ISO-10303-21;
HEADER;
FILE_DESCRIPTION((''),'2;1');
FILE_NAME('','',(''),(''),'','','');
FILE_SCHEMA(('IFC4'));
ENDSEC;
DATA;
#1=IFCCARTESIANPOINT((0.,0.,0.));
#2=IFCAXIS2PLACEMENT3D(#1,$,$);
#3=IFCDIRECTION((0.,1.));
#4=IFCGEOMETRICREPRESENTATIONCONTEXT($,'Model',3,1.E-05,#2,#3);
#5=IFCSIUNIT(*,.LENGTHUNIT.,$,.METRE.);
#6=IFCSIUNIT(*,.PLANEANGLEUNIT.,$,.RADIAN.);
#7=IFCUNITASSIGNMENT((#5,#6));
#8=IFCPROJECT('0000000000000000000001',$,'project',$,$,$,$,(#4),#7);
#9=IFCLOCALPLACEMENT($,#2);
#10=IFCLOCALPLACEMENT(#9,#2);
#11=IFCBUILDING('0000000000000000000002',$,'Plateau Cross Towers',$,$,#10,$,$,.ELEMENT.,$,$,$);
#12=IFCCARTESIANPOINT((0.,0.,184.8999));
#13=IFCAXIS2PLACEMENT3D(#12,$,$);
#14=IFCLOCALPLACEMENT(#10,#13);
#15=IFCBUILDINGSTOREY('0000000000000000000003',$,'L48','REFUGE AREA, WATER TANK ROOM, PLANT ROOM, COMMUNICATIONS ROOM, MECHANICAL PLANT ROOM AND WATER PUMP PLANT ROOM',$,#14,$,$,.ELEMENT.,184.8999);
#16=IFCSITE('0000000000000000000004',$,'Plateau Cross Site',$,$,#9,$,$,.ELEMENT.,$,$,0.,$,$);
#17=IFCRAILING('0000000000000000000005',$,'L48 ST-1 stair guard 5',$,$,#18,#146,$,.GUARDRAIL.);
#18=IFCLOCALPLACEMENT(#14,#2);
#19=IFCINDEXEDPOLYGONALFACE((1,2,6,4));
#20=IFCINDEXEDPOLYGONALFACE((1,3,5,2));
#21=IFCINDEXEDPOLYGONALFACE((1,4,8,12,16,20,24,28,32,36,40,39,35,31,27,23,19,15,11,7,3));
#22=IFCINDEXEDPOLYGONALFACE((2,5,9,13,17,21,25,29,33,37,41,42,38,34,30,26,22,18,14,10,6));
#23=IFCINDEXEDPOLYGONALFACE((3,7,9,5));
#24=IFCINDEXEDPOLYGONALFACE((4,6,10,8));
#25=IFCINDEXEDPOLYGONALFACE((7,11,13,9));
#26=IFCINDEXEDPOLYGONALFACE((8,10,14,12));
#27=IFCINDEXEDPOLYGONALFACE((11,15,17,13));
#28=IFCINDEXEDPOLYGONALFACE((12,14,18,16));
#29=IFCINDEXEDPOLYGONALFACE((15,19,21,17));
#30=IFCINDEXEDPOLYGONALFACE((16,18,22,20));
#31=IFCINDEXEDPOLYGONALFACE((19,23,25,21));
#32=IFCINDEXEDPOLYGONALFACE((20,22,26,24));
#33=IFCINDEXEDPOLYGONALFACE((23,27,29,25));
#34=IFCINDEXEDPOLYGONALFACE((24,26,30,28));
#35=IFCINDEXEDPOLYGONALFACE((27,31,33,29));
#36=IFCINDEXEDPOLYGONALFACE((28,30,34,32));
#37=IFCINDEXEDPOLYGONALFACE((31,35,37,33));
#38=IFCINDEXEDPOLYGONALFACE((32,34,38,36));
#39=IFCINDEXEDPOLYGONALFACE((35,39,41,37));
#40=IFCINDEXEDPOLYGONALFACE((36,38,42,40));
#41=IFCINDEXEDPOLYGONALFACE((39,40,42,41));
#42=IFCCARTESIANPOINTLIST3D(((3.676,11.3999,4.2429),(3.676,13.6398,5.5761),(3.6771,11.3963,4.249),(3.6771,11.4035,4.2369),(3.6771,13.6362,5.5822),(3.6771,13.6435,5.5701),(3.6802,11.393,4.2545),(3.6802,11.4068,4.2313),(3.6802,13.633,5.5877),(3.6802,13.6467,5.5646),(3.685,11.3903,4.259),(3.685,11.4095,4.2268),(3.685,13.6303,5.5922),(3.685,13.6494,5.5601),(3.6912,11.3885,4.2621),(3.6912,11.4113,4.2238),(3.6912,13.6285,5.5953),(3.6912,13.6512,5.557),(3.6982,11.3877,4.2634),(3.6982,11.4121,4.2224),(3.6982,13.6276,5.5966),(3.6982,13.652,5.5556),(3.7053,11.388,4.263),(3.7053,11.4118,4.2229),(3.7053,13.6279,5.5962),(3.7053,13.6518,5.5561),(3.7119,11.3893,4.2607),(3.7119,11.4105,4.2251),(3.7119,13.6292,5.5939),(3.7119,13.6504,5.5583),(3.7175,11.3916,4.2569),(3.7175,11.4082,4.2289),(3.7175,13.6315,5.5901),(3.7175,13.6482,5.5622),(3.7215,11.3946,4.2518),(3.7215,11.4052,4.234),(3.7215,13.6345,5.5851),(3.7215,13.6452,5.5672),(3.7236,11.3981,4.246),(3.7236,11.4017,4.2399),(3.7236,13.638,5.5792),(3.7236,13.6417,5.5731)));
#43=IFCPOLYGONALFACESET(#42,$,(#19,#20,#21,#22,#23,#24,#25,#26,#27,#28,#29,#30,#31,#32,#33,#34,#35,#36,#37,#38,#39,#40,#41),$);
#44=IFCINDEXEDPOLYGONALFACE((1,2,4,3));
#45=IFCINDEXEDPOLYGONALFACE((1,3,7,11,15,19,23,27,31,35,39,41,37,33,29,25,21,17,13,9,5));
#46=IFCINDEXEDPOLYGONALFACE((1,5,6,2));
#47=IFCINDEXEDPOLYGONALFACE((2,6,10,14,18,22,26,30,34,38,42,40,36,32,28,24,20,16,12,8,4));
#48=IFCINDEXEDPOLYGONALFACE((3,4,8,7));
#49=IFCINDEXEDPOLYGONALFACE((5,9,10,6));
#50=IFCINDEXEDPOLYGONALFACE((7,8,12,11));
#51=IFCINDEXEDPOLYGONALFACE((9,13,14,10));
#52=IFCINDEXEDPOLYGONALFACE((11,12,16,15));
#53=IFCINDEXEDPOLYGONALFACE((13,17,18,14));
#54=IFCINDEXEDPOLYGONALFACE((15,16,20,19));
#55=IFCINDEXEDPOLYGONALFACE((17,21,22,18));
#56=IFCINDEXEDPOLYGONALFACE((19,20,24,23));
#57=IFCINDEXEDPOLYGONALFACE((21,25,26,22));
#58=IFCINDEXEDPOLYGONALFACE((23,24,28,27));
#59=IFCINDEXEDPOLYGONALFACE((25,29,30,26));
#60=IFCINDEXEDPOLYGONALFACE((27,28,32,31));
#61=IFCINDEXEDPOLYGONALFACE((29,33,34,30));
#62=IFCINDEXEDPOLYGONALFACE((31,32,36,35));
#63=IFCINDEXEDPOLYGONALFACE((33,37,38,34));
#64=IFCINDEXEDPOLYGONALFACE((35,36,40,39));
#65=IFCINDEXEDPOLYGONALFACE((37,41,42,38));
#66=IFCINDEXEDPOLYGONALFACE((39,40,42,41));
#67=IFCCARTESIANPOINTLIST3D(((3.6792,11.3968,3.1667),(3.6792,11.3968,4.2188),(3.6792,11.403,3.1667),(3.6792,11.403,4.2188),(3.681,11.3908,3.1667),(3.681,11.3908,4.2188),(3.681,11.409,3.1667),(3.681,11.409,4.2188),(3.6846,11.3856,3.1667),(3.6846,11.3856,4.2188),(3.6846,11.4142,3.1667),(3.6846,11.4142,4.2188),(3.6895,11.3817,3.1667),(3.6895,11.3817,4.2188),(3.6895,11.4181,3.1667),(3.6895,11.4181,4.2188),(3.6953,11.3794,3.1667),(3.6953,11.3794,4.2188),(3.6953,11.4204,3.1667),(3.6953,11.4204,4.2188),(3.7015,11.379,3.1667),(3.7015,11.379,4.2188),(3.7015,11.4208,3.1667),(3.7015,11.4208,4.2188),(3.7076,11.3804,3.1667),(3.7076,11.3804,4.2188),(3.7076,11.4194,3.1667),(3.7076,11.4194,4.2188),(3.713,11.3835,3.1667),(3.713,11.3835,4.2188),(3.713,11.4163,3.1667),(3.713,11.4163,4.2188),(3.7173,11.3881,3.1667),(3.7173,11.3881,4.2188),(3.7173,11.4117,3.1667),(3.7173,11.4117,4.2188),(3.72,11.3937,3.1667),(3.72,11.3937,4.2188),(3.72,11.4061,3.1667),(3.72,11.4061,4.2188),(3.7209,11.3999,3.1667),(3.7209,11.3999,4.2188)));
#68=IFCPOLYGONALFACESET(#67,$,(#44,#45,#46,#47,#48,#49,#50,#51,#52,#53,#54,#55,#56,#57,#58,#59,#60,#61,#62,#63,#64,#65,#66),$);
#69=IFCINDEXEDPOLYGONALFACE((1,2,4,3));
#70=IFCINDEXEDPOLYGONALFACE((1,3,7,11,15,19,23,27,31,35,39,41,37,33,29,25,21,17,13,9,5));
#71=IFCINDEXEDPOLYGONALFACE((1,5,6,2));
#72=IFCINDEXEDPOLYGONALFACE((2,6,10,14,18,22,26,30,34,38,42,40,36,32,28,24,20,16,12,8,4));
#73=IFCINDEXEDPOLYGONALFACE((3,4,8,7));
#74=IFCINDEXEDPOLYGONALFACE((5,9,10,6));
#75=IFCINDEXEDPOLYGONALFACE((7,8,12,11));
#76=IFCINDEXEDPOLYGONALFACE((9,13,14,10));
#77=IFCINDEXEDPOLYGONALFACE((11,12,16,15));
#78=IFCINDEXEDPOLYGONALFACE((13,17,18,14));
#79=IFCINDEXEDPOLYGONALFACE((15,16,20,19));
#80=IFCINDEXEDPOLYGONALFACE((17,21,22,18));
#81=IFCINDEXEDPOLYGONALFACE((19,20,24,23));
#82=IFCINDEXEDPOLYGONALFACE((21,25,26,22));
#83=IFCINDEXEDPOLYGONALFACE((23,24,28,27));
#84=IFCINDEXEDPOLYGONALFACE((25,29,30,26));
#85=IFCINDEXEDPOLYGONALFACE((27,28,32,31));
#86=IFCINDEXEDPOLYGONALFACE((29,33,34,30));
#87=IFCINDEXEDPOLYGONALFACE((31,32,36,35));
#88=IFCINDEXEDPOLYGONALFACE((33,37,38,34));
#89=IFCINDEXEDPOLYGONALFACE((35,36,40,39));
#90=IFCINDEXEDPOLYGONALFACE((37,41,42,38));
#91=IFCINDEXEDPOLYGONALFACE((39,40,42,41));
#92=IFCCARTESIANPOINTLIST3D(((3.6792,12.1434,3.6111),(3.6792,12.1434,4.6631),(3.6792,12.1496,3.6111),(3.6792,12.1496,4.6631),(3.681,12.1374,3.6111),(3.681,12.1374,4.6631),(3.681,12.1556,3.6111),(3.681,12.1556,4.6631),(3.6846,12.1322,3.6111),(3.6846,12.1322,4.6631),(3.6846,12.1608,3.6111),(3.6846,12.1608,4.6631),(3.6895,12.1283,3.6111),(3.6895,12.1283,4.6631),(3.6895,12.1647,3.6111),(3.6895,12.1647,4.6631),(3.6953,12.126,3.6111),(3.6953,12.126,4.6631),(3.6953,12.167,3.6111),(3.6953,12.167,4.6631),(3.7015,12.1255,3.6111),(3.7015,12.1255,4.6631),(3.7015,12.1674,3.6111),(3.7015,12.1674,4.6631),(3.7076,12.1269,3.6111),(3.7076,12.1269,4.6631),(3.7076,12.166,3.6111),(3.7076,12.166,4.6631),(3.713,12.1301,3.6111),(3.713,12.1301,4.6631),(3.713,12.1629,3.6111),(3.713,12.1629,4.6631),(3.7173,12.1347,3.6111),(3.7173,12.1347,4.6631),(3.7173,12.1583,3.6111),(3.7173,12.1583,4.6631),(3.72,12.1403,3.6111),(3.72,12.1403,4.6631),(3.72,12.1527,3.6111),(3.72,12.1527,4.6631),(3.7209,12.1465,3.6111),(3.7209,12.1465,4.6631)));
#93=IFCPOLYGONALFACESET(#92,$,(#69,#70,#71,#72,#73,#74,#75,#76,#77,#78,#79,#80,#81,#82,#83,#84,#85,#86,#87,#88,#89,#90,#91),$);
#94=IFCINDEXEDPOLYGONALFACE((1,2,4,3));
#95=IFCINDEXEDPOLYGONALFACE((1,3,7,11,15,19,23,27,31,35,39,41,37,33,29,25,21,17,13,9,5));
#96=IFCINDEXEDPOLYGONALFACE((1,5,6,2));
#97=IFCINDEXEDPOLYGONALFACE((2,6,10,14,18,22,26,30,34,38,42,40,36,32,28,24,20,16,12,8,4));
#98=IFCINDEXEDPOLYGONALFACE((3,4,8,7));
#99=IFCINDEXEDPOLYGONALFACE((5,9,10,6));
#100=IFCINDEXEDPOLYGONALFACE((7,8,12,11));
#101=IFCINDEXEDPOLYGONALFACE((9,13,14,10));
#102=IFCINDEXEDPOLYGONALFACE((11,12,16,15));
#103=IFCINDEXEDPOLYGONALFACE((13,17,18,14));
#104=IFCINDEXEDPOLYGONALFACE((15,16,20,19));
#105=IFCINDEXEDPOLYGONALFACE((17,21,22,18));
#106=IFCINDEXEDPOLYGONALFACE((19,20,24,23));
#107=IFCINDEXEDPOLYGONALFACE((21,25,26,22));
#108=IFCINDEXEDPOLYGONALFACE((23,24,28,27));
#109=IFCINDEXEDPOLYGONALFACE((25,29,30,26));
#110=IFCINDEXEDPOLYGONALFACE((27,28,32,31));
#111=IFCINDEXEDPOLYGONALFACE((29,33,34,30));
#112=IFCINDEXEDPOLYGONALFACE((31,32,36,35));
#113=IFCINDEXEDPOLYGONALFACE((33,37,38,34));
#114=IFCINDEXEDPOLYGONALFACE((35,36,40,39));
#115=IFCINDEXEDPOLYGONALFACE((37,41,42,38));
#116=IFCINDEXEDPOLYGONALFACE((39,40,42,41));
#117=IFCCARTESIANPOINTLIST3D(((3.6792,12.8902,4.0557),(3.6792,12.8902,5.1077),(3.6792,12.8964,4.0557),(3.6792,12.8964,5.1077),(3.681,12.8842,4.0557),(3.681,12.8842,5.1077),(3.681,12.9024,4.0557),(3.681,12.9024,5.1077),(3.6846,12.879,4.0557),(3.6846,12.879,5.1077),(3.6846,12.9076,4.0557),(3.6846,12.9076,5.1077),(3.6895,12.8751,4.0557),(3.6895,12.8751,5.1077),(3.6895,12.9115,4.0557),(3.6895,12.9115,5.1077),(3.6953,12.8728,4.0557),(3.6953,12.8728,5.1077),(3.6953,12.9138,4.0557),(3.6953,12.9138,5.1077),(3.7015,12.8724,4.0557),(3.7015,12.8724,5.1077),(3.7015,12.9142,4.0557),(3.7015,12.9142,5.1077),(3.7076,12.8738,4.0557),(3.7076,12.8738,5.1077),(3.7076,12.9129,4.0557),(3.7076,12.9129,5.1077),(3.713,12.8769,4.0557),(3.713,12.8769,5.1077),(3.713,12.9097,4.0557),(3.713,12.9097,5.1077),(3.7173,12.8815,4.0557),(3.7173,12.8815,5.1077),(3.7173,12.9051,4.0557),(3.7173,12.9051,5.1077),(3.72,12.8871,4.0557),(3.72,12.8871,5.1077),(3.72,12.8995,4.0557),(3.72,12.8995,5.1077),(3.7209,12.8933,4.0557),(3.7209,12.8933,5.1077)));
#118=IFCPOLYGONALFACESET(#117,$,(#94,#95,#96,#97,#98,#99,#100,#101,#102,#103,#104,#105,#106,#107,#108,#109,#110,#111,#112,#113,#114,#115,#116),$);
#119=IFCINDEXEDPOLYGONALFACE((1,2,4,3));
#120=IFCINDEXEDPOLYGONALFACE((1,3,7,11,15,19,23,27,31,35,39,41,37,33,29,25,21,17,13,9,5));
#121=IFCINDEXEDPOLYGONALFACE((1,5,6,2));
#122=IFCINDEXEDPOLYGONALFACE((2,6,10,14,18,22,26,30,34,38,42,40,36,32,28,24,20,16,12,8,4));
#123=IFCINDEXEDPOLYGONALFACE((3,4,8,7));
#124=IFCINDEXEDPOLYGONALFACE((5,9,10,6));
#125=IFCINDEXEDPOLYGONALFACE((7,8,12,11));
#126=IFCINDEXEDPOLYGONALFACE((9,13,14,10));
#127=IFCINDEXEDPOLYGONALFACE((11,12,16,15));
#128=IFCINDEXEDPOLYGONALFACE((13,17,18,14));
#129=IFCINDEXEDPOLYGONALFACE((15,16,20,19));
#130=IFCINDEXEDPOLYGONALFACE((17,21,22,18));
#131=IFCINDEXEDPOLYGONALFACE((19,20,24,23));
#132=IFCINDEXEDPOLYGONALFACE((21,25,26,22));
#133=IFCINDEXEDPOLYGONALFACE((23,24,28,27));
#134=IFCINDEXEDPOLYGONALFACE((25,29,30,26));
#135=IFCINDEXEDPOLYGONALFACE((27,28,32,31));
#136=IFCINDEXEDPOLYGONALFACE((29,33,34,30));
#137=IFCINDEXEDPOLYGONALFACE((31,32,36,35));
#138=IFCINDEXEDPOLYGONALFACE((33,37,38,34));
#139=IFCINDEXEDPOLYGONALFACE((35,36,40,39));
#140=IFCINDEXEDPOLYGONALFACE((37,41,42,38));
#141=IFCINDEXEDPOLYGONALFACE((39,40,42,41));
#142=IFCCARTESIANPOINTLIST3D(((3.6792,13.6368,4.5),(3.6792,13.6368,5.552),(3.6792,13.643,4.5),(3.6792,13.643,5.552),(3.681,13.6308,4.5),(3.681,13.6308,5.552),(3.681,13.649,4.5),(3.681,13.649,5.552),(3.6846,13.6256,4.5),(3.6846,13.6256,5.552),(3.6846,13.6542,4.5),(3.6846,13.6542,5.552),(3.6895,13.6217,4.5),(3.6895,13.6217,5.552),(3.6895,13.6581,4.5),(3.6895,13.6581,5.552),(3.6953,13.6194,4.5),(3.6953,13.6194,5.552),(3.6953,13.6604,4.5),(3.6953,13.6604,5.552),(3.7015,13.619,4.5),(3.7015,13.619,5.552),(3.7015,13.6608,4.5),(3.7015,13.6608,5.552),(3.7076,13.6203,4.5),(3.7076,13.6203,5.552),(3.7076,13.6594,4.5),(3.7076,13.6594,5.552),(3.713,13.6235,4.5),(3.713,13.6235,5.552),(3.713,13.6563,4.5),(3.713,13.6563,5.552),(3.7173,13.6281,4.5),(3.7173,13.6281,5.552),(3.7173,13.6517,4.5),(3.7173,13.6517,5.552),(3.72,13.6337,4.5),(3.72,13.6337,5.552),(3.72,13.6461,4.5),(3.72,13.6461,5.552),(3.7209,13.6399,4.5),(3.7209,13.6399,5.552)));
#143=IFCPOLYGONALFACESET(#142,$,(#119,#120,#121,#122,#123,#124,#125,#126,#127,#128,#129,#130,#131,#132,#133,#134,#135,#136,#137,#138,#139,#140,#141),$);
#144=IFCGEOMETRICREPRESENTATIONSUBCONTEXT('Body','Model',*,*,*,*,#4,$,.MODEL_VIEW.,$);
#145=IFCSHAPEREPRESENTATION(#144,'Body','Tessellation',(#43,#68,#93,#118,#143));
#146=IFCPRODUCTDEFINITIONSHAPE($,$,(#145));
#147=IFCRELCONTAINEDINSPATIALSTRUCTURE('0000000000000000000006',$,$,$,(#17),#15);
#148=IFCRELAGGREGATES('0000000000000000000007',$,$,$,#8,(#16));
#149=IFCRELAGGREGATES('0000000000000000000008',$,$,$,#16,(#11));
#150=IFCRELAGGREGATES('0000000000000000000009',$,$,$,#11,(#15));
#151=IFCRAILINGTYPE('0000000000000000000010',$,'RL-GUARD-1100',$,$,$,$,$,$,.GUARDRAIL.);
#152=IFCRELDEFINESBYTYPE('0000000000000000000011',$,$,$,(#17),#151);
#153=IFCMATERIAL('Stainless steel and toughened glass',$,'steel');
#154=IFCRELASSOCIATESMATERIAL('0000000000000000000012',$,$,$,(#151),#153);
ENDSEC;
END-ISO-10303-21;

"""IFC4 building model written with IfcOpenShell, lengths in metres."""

from ifc_helpers import new_model, si_unit, direction, frame, origin, origin_2d, place, context, subcontext, project, spatial, circle, extrude, material, type_object, element, save


model = new_model("IFC4")

# Units and contexts
model_context = context("Model", 3, precision=1e-05, world=origin(), true_north=direction((0.0, 1.0)))
body_context = subcontext(model_context, "Body", "Model", "MODEL_VIEW")
ifc_project = project(units=[si_unit("LENGTHUNIT", "METRE"), si_unit("PLANEANGLEUNIT", "RADIAN")], contexts=[model_context])

# Site, building, storey
site_placement = place(None, origin())
site = spatial("IfcSite", under=ifc_project, at=site_placement, Name="Plateau Cross Site", CompositionType="ELEMENT", RefElevation=0.0)
building_placement = place(site_placement, origin())
building = spatial("IfcBuilding", under=site, at=building_placement, Name="Plateau Cross Towers", CompositionType="ELEMENT")
storey_placement = place(building_placement, frame((0.0, 0.0, 184.8999)))
storey = spatial("IfcBuildingStorey", under=building, at=storey_placement, Name="L48", Description="REFUGE AREA, WATER TANK ROOM, PLANT ROOM, COMMUNICATIONS ROOM, MECHANICAL PLANT ROOM AND WATER PUMP PLANT ROOM", CompositionType="ELEMENT", Elevation=184.8999)

# Railing
ifc_material_1 = material(Name="Stainless steel and toughened glass", Category="steel")
railing_type = type_object("IfcRailingType", Name="RL-GUARD-1100", PredefinedType="GUARDRAIL", material=ifc_material_1)
railing_1_placement = place(storey_placement, frame((3.7, 11.3999, 3.1667)))
element("IfcRailing", 1, at=railing_1_placement, inside=storey, type_object=railing_type, Name="L48 ST-1 stair guard 5", PredefinedType="GUARDRAIL", context=body_context, shape_type="SweptSolid", body=[
    extrude(circle(Radius=0.0239, at=origin_2d()), frame((0.0, 0.0, 1.0762), z_axis=(0.0, 0.859306, 0.511462), x_axis=(-1.0, 0.0, 0.0)), (0.0, 0.0, 1.0), 2.6067),
    extrude(circle(Radius=0.021, at=origin_2d()), origin(), (0.0, 0.0, 1.0), 1.052),
    extrude(circle(Radius=0.021, at=origin_2d()), frame((0.0, 0.7466, 0.4443)), (0.0, 0.0, 1.0), 1.052),
    extrude(circle(Radius=0.021, at=origin_2d()), frame((0.0, 1.4934, 0.8889)), (0.0, 0.0, 1.0), 1.052),
    extrude(circle(Radius=0.021, at=origin_2d()), frame((0.0, 2.24, 1.3333)), (0.0, 0.0, 1.0), 1.052),
])

save(model, "model.ifc")
